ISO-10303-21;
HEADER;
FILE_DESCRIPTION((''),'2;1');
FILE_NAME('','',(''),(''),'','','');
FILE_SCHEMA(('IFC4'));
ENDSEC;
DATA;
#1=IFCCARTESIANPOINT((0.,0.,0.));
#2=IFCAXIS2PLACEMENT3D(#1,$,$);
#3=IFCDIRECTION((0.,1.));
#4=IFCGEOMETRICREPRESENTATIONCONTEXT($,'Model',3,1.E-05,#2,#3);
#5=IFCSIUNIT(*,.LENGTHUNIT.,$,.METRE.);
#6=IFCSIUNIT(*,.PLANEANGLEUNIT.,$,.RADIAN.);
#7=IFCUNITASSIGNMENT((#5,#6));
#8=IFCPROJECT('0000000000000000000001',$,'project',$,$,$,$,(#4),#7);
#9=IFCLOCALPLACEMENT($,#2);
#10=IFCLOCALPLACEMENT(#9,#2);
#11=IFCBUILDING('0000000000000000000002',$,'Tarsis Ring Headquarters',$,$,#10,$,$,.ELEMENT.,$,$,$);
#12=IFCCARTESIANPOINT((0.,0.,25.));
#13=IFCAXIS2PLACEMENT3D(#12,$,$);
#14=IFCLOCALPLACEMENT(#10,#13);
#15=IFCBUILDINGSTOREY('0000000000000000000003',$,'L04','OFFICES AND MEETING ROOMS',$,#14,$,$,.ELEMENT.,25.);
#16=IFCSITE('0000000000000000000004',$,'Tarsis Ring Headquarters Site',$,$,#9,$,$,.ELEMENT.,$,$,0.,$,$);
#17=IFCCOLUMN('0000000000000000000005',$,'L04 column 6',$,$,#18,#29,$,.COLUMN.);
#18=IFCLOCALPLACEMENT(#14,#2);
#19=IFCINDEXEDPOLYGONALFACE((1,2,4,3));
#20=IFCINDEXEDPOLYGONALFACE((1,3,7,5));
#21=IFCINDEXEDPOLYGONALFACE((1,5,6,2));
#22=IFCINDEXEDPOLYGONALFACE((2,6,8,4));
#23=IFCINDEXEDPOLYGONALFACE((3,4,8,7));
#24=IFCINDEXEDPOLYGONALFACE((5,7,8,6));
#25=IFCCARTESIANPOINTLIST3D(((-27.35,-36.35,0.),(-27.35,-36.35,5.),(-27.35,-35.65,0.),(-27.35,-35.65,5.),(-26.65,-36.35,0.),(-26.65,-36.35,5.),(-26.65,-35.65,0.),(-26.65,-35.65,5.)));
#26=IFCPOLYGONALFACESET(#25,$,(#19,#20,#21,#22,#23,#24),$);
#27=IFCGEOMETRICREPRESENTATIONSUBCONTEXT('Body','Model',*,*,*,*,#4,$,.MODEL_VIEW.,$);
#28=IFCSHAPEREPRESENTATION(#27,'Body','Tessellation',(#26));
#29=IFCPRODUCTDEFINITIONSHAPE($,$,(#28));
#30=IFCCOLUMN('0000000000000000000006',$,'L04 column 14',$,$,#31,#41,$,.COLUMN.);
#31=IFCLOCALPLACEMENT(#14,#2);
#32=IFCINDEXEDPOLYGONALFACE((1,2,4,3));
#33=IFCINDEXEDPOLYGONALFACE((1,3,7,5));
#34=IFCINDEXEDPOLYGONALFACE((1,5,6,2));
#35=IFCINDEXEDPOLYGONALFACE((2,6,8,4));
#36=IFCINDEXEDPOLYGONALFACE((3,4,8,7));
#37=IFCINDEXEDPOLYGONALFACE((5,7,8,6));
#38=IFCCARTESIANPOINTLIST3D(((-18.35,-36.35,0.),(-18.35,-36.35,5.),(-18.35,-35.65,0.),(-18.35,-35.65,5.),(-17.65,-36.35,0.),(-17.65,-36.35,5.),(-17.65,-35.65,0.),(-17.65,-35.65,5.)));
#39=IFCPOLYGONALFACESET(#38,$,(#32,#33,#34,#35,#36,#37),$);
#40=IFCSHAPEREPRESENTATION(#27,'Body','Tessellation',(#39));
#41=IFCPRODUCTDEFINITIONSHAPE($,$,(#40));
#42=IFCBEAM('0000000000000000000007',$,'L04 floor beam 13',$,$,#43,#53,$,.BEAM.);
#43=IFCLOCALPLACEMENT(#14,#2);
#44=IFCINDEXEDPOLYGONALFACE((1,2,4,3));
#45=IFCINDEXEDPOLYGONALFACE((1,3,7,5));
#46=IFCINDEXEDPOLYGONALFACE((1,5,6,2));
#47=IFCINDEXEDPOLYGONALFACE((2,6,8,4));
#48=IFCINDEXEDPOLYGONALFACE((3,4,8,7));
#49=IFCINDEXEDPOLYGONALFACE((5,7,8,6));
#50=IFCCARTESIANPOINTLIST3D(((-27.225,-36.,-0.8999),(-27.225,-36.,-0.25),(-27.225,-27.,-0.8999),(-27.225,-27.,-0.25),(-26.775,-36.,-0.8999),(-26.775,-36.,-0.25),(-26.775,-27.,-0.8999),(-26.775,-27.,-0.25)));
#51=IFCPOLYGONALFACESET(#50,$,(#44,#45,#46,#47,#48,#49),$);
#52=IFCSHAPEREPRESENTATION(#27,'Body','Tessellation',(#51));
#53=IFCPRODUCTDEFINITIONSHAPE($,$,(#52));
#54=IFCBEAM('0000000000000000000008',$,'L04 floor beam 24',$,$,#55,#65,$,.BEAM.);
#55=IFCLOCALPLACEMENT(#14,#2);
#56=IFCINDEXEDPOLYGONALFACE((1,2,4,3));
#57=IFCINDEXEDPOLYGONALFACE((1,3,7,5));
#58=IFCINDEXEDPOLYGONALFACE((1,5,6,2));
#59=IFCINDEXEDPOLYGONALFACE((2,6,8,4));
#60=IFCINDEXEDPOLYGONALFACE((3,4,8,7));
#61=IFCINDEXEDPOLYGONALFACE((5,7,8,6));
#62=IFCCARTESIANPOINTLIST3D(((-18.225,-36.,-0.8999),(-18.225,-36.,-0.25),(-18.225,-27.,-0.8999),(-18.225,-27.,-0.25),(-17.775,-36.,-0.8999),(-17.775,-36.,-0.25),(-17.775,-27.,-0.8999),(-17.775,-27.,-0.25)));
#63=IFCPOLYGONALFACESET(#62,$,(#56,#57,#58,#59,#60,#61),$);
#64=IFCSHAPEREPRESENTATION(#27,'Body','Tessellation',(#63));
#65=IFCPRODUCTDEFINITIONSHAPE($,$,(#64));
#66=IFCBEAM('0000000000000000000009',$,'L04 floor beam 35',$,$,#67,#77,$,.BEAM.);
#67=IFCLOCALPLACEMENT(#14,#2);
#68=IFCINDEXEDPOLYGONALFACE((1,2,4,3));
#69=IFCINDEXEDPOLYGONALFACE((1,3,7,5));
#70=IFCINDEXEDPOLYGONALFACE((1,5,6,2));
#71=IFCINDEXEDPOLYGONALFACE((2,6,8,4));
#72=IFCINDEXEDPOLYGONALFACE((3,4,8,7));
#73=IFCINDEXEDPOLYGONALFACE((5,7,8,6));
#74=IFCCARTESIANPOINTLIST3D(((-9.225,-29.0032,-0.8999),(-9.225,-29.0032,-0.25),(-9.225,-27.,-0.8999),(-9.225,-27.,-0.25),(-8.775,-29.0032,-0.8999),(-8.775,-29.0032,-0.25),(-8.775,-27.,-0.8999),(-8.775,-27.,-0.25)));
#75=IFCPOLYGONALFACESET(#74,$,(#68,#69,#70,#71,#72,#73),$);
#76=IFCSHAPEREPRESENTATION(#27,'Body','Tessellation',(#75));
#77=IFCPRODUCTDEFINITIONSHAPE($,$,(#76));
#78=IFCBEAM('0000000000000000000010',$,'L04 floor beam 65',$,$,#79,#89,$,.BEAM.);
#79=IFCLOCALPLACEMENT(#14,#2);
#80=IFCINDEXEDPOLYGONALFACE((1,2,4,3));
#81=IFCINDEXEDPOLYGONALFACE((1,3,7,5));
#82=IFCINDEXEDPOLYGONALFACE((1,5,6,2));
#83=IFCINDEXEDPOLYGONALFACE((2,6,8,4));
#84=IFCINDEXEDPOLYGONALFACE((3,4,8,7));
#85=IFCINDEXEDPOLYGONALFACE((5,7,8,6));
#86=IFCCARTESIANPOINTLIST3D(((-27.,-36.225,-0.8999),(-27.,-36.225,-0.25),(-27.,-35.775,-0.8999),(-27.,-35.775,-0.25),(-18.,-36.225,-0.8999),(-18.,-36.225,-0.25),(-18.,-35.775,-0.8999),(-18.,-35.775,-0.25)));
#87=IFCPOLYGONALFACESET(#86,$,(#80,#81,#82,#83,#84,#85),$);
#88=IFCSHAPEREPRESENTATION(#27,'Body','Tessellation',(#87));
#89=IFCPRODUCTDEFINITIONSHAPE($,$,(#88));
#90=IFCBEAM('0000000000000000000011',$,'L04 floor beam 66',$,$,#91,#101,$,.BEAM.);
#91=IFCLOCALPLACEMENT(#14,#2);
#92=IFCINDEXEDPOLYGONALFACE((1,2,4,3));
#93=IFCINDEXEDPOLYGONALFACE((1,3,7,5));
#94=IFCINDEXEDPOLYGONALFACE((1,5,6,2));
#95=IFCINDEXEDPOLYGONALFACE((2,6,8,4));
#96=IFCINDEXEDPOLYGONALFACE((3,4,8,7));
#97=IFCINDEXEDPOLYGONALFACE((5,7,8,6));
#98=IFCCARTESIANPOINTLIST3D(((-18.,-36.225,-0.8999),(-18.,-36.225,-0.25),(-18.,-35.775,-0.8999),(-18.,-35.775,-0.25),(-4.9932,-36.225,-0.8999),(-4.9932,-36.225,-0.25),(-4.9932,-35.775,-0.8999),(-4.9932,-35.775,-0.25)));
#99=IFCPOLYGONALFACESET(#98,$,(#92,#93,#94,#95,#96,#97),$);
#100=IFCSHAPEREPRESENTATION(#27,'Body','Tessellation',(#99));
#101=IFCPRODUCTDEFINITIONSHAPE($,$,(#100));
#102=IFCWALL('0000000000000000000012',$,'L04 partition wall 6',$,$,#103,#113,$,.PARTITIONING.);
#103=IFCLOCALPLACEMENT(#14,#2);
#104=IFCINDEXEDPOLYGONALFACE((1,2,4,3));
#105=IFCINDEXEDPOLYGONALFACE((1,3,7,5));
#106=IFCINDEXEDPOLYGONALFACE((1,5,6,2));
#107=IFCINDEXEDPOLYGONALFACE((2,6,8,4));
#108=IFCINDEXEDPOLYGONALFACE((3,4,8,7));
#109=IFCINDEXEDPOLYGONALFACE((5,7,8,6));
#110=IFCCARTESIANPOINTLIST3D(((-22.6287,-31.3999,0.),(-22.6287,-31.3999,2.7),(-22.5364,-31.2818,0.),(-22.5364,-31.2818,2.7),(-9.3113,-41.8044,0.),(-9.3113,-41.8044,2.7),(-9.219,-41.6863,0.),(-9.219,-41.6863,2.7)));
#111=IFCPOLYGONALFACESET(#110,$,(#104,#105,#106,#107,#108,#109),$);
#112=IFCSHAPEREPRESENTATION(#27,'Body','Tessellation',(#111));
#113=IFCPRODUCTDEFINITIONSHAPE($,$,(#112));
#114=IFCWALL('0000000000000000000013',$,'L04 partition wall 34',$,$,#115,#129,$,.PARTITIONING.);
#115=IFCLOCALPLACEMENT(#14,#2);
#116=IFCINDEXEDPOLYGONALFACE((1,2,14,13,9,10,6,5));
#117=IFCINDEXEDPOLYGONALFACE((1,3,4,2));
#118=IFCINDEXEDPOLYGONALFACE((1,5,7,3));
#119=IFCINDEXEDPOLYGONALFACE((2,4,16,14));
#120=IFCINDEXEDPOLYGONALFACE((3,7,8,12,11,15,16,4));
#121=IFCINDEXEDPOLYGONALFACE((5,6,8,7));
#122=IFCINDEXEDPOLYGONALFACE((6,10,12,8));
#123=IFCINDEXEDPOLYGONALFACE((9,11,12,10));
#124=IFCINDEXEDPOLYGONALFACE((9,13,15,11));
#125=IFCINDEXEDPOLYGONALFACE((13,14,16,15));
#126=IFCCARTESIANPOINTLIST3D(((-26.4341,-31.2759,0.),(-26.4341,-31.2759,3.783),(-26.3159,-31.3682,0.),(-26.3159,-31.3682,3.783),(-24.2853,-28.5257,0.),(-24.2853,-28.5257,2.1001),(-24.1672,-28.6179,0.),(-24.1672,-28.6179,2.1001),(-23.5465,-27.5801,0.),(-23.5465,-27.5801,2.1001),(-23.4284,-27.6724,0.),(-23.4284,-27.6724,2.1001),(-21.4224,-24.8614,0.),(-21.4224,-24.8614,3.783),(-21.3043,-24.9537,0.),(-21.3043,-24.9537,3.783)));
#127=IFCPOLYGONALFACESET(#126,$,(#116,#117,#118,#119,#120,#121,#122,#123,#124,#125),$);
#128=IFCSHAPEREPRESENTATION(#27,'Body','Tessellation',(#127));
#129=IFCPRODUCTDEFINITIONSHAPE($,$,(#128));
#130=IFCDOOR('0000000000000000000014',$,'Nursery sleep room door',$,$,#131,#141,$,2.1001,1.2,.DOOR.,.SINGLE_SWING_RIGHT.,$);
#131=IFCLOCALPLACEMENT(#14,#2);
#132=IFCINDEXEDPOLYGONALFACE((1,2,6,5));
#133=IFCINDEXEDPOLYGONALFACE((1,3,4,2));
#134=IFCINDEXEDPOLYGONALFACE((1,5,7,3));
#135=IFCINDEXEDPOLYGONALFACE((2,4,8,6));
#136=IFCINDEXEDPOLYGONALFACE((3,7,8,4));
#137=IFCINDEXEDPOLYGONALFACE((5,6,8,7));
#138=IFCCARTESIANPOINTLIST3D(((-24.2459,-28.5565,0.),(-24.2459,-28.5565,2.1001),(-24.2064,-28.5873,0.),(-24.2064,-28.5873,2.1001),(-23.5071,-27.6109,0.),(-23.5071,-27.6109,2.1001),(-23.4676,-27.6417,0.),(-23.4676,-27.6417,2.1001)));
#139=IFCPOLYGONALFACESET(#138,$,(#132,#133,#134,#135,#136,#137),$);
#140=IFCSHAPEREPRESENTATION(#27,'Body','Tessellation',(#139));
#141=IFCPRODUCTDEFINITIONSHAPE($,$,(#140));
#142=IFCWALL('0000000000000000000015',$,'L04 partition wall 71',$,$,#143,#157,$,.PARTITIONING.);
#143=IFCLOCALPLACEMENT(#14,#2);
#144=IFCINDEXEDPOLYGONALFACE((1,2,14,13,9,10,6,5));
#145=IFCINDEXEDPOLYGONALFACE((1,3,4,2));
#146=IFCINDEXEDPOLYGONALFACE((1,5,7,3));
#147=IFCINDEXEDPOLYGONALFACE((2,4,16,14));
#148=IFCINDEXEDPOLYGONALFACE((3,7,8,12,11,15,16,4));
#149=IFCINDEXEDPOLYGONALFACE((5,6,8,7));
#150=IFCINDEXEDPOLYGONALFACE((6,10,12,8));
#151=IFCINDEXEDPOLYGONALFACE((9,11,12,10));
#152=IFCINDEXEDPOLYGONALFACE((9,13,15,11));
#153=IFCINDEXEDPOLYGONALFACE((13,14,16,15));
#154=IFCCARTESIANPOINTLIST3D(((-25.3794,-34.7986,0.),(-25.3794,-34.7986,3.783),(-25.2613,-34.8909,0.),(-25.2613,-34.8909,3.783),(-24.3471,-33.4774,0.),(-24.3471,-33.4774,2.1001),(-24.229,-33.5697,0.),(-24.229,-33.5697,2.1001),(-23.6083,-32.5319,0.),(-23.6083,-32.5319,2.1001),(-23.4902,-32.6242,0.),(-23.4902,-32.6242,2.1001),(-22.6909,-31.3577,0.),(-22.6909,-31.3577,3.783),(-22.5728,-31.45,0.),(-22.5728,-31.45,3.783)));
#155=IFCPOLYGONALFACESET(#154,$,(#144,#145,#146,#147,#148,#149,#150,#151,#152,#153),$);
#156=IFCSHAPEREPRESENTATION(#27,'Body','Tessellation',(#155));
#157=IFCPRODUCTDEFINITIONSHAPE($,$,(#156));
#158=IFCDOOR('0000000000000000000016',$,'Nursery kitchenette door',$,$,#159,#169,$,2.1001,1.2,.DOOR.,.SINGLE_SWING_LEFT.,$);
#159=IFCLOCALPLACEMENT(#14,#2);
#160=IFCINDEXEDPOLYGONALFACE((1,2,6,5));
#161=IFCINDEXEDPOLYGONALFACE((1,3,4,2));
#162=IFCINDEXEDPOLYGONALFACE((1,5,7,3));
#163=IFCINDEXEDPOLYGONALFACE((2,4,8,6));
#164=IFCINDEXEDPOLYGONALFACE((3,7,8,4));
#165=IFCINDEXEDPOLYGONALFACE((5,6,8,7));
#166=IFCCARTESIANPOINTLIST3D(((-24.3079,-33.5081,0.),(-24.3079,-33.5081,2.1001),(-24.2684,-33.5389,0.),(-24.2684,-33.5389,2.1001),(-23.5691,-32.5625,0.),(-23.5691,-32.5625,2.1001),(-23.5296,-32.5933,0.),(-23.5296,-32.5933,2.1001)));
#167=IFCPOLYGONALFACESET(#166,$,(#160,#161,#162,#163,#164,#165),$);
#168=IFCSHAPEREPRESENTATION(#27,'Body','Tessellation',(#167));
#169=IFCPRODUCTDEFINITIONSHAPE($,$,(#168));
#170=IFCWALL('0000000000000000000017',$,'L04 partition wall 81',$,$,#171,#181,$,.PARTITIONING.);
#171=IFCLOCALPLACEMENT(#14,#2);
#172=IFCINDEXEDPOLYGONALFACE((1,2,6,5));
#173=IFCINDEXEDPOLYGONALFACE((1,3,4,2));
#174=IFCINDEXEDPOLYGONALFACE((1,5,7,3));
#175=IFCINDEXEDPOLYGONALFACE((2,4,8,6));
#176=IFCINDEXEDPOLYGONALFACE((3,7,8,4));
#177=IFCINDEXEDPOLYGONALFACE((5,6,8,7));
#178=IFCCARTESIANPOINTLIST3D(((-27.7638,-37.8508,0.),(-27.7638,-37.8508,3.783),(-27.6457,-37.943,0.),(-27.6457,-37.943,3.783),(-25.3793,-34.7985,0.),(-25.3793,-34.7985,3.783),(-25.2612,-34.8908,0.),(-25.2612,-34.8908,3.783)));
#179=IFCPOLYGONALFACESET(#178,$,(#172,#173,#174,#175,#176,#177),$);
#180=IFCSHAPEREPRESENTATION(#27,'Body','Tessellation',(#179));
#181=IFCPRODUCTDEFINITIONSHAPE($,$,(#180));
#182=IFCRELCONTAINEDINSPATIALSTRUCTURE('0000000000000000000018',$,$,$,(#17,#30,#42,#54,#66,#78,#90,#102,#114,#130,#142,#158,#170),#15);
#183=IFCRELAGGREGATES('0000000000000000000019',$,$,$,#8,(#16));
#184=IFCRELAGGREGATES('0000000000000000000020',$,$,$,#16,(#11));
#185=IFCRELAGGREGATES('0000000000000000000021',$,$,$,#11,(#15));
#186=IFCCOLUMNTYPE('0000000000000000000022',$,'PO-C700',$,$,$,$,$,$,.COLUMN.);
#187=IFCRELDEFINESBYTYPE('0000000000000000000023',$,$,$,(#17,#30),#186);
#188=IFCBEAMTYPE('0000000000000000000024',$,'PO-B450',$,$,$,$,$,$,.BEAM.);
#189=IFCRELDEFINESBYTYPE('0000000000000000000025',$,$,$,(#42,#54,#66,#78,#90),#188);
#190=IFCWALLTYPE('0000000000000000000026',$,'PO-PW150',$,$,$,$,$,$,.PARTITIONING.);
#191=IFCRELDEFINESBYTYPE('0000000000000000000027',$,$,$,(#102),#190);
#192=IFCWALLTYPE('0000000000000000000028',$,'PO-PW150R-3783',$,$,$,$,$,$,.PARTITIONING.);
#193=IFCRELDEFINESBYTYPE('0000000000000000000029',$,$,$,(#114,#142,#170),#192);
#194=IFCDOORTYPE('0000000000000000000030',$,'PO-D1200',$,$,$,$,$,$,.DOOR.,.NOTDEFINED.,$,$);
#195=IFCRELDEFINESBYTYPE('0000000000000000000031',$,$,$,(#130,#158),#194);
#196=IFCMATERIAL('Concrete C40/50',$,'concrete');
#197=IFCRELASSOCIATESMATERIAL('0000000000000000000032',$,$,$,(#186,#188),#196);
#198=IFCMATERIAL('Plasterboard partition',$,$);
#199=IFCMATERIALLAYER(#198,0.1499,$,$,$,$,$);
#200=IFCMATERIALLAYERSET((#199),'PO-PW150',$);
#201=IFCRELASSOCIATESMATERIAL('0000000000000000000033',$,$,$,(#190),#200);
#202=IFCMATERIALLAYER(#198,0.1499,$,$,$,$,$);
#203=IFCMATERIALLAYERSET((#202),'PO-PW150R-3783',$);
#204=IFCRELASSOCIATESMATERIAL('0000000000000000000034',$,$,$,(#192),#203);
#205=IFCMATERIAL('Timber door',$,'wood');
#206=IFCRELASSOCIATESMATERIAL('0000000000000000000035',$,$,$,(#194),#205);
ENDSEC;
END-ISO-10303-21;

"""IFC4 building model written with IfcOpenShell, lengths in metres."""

from ifc_helpers import new_model, si_unit, direction, frame, frame_2d, origin, origin_2d, place, context, subcontext, project, spatial, rectangle, extrude, material, layer, layer_set, material_profile, profile_set, type_object, element, fill, save


model = new_model("IFC4")

# Units and contexts
model_context = context("Model", 3, precision=1e-05, world=origin(), true_north=direction((0.0, 1.0)))
body_context = subcontext(model_context, "Body", "Model", "MODEL_VIEW")
ifc_project = project(units=[si_unit("LENGTHUNIT", "METRE"), si_unit("PLANEANGLEUNIT", "RADIAN")], contexts=[model_context])

# Site, building, storey
site_placement = place(None, origin())
site = spatial("IfcSite", under=ifc_project, at=site_placement, Name="Tarsis Ring Headquarters Site", CompositionType="ELEMENT", RefElevation=0.0)
building_placement = place(site_placement, origin())
building = spatial("IfcBuilding", under=site, at=building_placement, Name="Tarsis Ring Headquarters", CompositionType="ELEMENT")
storey_placement = place(building_placement, frame((0.0, 0.0, 25.0)))
storey = spatial("IfcBuildingStorey", under=building, at=storey_placement, Name="L04", Description="OFFICES AND MEETING ROOMS", CompositionType="ELEMENT", Elevation=25.0)

# Columns
ifc_material_1 = material(Name="Concrete C40/50", Category="concrete")
ifc_material_profile_1 = material_profile(ifc_material_1, rectangle(XDim=0.7, YDim=0.7, at=origin_2d()), Name="PO-C700")
ifc_profile_set_1 = profile_set([ifc_material_profile_1], Name="Concrete C40/50")
column_type = type_object("IfcColumnType", Name="PO-C700", PredefinedType="COLUMN", material=ifc_profile_set_1)
for number, where, z_axis, x_axis, name in (
    (1, (-27.0, -36.0, 0.0), (0.0, 0.0, 1.0), (1.0, 0.0, 0.0), "L04 column 6"),
    (2, (-18.0, -36.0, 0.0), (0.0, 0.0, 1.0), (1.0, 0.0, 0.0), "L04 column 14"),
):
    element("IfcColumn", number, at=place(storey_placement, frame(where, z_axis=z_axis, x_axis=x_axis)), inside=storey, type_object=column_type, Name=name, PredefinedType="COLUMN", context=body_context, shape_type="SweptSolid", body=[
        extrude(rectangle(XDim=0.7, YDim=0.7, at=origin_2d()), origin(), (0.0, 0.0, 1.0), 5.0),
    ])

# Beams
ifc_material_profile_2 = material_profile(ifc_material_1, rectangle(XDim=0.45, YDim=0.6499, at=origin_2d()), Name="PO-B450")
ifc_profile_set_2 = profile_set([ifc_material_profile_2], Name="Concrete C40/50")
beam_type = type_object("IfcBeamType", Name="PO-B450", PredefinedType="BEAM", material=ifc_profile_set_2)
for number, where, z_axis, x_axis, name in (
    (3, (-27.0, -36.0, -0.575), (0.0, 1.0, 0.0), (-1.0, 0.0, 0.0), "L04 floor beam 13"),
    (4, (-18.0, -36.0, -0.575), (0.0, 1.0, 0.0), (-1.0, 0.0, 0.0), "L04 floor beam 24"),
):
    element("IfcBeam", number, at=place(storey_placement, frame(where, z_axis=z_axis, x_axis=x_axis)), inside=storey, type_object=beam_type, Name=name, PredefinedType="BEAM", context=body_context, shape_type="SweptSolid", body=[
        extrude(rectangle(XDim=0.45, YDim=0.6499, at=origin_2d()), origin(), (0.0, 0.0, 1.0), 9.0),
    ])
beam_1_placement = place(storey_placement, frame((-9.0, -29.0032, -0.575), z_axis=(0.0, 1.0, 0.0), x_axis=(-1.0, 0.0, 0.0)))
element("IfcBeam", 5, at=beam_1_placement, inside=storey, type_object=beam_type, Name="L04 floor beam 35", PredefinedType="BEAM", context=body_context, shape_type="SweptSolid", body=[
    extrude(rectangle(XDim=0.45, YDim=0.6499, at=origin_2d()), origin(), (0.0, 0.0, 1.0), 2.0032),
])
beam_2_placement = place(storey_placement, frame((-27.0, -36.0, -0.575), z_axis=(1.0, 0.0, 0.0), x_axis=(0.0, 1.0, 0.0)))
element("IfcBeam", 6, at=beam_2_placement, inside=storey, type_object=beam_type, Name="L04 floor beam 65", PredefinedType="BEAM", context=body_context, shape_type="SweptSolid", body=[
    extrude(rectangle(XDim=0.45, YDim=0.6499, at=origin_2d()), origin(), (0.0, 0.0, 1.0), 9.0),
])
beam_3_placement = place(storey_placement, frame((-18.0, -36.0, -0.575), z_axis=(1.0, 0.0, 0.0), x_axis=(0.0, 1.0, 0.0)))
element("IfcBeam", 7, at=beam_3_placement, inside=storey, type_object=beam_type, Name="L04 floor beam 66", PredefinedType="BEAM", context=body_context, shape_type="SweptSolid", body=[
    extrude(rectangle(XDim=0.45, YDim=0.6499, at=origin_2d()), origin(), (0.0, 0.0, 1.0), 13.0068),
])

# Wall
ifc_material_2 = material(Name="Plasterboard partition")
ifc_layer_1 = layer(ifc_material_2, 0.1499)
ifc_layer_set_1 = layer_set([ifc_layer_1], Name="PO-PW150")
wall_type_1 = type_object("IfcWallType", Name="PO-PW150", PredefinedType="PARTITIONING", material=ifc_layer_set_1)
wall_1_placement = place(storey_placement, frame((-22.5825, -31.3408, 0.0), z_axis=(0.0, 0.0, 1.0), x_axis=(0.788015, -0.615656, 0.0)))
element("IfcWall", 8, at=wall_1_placement, inside=storey, type_object=wall_type_1, Name="L04 partition wall 6", PredefinedType="PARTITIONING", context=body_context, shape_type="SweptSolid", body=[
    extrude(rectangle(XDim=16.8999, YDim=0.1499, at=frame_2d((8.45, 0.0))), origin(), (0.0, 0.0, 1.0), 2.7),
])

# Walls, openings, doors
ifc_layer_2 = layer(ifc_material_2, 0.1499)
ifc_layer_set_2 = layer_set([ifc_layer_2], Name="PO-PW150R-3783")
wall_type_2 = type_object("IfcWallType", Name="PO-PW150R-3783", PredefinedType="PARTITIONING", material=ifc_layer_set_2)
wall_2_placement = place(storey_placement, frame((-26.375, -31.322, 0.0), z_axis=(0.0, 0.0, 1.0), x_axis=(0.615671, 0.788003, 0.0)))
wall_2 = element("IfcWall", 9, at=wall_2_placement, inside=storey, type_object=wall_type_2, Name="L04 partition wall 34", PredefinedType="PARTITIONING", context=body_context, shape_type="SweptSolid", body=[
    extrude(rectangle(XDim=8.1401, YDim=0.1499, at=frame_2d((4.0701, 0.0))), origin(), (0.0, 0.0, 1.0), 3.783),
])
opening_1_placement = place(wall_2_placement, frame((3.49, 0.0, 0.0)))
opening_1 = element("IfcOpeningElement", 10, at=opening_1_placement, cuts=wall_2, PredefinedType="OPENING", context=body_context, shape_type="SweptSolid", body=[
    extrude(rectangle(XDim=1.2, YDim=2.1001, at=frame_2d((0.6001, 1.05))), frame((0.0, 0.085, 0.0), z_axis=(0.0, -1.0, 0.0), x_axis=(1.0, 0.0, 0.0)), (0.0, 0.0, 1.0), 0.1699),
])
ifc_material_3 = material(Name="Timber door", Category="wood")
door_type_1 = type_object("IfcDoorType", Name="PO-D1200", OperationType="NOTDEFINED", PredefinedType="DOOR", material=ifc_material_3)
door_1_placement = place(opening_1_placement, origin())
door_1 = element("IfcDoor", 11, at=door_1_placement, inside=storey, type_object=door_type_1, Name="Nursery sleep room door", OperationType="SINGLE_SWING_RIGHT", OverallHeight=2.1001, OverallWidth=1.2, PredefinedType="DOOR", context=body_context, shape_type="SweptSolid", body=[
    extrude(rectangle(XDim=1.2, YDim=2.1001, at=frame_2d((0.6001, 1.05))), frame((0.0, 0.0249, 0.0), z_axis=(0.0, -1.0, 0.0), x_axis=(1.0, 0.0, 0.0)), (0.0, 0.0, 1.0), 0.05),
])
fill(opening_1, door_1)
wall_3_placement = place(storey_placement, frame((-22.6318, -31.4038, 0.0), z_axis=(0.0, 0.0, 1.0), x_axis=(-0.615681, -0.787996, 0.0)))
wall_3 = element("IfcWall", 12, at=wall_3_placement, inside=storey, type_object=wall_type_2, Name="L04 partition wall 71", PredefinedType="PARTITIONING", context=body_context, shape_type="SweptSolid", body=[
    extrude(rectangle(XDim=4.3667, YDim=0.1499, at=frame_2d((2.1833, 0.0))), origin(), (0.0, 0.0, 1.0), 3.783),
])
opening_2_placement = place(wall_3_placement, frame((1.49, 0.0, 0.0)))
opening_2 = element("IfcOpeningElement", 13, at=opening_2_placement, cuts=wall_3, PredefinedType="OPENING", context=body_context, shape_type="SweptSolid", body=[
    extrude(rectangle(XDim=1.2, YDim=2.1001, at=frame_2d((0.6001, 1.05))), frame((0.0, 0.085, 0.0), z_axis=(0.0, -1.0, 0.0), x_axis=(1.0, 0.0, 0.0)), (0.0, 0.0, 1.0), 0.1699),
])
door_2_placement = place(opening_2_placement, origin())
door_2 = element("IfcDoor", 14, at=door_2_placement, inside=storey, type_object=door_type_1, Name="Nursery kitchenette door", OperationType="SINGLE_SWING_LEFT", OverallHeight=2.1001, OverallWidth=1.2, PredefinedType="DOOR", context=body_context, shape_type="SweptSolid", body=[
    extrude(rectangle(XDim=1.2, YDim=2.1001, at=frame_2d((0.6001, 1.05))), frame((0.0, 0.0249, 0.0), z_axis=(0.0, -1.0, 0.0), x_axis=(1.0, 0.0, 0.0)), (0.0, 0.0, 1.0), 0.05),
])
fill(opening_2, door_2)

# Wall
wall_4_placement = place(storey_placement, frame((-25.3203, -34.8447, 0.0), z_axis=(0.0, 0.0, 1.0), x_axis=(-0.615637, -0.78803, 0.0)))
element("IfcWall", 15, at=wall_4_placement, inside=storey, type_object=wall_type_2, Name="L04 partition wall 81", PredefinedType="PARTITIONING", context=body_context, shape_type="SweptSolid", body=[
    extrude(rectangle(XDim=3.8733, YDim=0.1499, at=frame_2d((1.9365, 0.0))), origin(), (0.0, 0.0, 1.0), 3.783),
])

save(model, "model.ifc")
